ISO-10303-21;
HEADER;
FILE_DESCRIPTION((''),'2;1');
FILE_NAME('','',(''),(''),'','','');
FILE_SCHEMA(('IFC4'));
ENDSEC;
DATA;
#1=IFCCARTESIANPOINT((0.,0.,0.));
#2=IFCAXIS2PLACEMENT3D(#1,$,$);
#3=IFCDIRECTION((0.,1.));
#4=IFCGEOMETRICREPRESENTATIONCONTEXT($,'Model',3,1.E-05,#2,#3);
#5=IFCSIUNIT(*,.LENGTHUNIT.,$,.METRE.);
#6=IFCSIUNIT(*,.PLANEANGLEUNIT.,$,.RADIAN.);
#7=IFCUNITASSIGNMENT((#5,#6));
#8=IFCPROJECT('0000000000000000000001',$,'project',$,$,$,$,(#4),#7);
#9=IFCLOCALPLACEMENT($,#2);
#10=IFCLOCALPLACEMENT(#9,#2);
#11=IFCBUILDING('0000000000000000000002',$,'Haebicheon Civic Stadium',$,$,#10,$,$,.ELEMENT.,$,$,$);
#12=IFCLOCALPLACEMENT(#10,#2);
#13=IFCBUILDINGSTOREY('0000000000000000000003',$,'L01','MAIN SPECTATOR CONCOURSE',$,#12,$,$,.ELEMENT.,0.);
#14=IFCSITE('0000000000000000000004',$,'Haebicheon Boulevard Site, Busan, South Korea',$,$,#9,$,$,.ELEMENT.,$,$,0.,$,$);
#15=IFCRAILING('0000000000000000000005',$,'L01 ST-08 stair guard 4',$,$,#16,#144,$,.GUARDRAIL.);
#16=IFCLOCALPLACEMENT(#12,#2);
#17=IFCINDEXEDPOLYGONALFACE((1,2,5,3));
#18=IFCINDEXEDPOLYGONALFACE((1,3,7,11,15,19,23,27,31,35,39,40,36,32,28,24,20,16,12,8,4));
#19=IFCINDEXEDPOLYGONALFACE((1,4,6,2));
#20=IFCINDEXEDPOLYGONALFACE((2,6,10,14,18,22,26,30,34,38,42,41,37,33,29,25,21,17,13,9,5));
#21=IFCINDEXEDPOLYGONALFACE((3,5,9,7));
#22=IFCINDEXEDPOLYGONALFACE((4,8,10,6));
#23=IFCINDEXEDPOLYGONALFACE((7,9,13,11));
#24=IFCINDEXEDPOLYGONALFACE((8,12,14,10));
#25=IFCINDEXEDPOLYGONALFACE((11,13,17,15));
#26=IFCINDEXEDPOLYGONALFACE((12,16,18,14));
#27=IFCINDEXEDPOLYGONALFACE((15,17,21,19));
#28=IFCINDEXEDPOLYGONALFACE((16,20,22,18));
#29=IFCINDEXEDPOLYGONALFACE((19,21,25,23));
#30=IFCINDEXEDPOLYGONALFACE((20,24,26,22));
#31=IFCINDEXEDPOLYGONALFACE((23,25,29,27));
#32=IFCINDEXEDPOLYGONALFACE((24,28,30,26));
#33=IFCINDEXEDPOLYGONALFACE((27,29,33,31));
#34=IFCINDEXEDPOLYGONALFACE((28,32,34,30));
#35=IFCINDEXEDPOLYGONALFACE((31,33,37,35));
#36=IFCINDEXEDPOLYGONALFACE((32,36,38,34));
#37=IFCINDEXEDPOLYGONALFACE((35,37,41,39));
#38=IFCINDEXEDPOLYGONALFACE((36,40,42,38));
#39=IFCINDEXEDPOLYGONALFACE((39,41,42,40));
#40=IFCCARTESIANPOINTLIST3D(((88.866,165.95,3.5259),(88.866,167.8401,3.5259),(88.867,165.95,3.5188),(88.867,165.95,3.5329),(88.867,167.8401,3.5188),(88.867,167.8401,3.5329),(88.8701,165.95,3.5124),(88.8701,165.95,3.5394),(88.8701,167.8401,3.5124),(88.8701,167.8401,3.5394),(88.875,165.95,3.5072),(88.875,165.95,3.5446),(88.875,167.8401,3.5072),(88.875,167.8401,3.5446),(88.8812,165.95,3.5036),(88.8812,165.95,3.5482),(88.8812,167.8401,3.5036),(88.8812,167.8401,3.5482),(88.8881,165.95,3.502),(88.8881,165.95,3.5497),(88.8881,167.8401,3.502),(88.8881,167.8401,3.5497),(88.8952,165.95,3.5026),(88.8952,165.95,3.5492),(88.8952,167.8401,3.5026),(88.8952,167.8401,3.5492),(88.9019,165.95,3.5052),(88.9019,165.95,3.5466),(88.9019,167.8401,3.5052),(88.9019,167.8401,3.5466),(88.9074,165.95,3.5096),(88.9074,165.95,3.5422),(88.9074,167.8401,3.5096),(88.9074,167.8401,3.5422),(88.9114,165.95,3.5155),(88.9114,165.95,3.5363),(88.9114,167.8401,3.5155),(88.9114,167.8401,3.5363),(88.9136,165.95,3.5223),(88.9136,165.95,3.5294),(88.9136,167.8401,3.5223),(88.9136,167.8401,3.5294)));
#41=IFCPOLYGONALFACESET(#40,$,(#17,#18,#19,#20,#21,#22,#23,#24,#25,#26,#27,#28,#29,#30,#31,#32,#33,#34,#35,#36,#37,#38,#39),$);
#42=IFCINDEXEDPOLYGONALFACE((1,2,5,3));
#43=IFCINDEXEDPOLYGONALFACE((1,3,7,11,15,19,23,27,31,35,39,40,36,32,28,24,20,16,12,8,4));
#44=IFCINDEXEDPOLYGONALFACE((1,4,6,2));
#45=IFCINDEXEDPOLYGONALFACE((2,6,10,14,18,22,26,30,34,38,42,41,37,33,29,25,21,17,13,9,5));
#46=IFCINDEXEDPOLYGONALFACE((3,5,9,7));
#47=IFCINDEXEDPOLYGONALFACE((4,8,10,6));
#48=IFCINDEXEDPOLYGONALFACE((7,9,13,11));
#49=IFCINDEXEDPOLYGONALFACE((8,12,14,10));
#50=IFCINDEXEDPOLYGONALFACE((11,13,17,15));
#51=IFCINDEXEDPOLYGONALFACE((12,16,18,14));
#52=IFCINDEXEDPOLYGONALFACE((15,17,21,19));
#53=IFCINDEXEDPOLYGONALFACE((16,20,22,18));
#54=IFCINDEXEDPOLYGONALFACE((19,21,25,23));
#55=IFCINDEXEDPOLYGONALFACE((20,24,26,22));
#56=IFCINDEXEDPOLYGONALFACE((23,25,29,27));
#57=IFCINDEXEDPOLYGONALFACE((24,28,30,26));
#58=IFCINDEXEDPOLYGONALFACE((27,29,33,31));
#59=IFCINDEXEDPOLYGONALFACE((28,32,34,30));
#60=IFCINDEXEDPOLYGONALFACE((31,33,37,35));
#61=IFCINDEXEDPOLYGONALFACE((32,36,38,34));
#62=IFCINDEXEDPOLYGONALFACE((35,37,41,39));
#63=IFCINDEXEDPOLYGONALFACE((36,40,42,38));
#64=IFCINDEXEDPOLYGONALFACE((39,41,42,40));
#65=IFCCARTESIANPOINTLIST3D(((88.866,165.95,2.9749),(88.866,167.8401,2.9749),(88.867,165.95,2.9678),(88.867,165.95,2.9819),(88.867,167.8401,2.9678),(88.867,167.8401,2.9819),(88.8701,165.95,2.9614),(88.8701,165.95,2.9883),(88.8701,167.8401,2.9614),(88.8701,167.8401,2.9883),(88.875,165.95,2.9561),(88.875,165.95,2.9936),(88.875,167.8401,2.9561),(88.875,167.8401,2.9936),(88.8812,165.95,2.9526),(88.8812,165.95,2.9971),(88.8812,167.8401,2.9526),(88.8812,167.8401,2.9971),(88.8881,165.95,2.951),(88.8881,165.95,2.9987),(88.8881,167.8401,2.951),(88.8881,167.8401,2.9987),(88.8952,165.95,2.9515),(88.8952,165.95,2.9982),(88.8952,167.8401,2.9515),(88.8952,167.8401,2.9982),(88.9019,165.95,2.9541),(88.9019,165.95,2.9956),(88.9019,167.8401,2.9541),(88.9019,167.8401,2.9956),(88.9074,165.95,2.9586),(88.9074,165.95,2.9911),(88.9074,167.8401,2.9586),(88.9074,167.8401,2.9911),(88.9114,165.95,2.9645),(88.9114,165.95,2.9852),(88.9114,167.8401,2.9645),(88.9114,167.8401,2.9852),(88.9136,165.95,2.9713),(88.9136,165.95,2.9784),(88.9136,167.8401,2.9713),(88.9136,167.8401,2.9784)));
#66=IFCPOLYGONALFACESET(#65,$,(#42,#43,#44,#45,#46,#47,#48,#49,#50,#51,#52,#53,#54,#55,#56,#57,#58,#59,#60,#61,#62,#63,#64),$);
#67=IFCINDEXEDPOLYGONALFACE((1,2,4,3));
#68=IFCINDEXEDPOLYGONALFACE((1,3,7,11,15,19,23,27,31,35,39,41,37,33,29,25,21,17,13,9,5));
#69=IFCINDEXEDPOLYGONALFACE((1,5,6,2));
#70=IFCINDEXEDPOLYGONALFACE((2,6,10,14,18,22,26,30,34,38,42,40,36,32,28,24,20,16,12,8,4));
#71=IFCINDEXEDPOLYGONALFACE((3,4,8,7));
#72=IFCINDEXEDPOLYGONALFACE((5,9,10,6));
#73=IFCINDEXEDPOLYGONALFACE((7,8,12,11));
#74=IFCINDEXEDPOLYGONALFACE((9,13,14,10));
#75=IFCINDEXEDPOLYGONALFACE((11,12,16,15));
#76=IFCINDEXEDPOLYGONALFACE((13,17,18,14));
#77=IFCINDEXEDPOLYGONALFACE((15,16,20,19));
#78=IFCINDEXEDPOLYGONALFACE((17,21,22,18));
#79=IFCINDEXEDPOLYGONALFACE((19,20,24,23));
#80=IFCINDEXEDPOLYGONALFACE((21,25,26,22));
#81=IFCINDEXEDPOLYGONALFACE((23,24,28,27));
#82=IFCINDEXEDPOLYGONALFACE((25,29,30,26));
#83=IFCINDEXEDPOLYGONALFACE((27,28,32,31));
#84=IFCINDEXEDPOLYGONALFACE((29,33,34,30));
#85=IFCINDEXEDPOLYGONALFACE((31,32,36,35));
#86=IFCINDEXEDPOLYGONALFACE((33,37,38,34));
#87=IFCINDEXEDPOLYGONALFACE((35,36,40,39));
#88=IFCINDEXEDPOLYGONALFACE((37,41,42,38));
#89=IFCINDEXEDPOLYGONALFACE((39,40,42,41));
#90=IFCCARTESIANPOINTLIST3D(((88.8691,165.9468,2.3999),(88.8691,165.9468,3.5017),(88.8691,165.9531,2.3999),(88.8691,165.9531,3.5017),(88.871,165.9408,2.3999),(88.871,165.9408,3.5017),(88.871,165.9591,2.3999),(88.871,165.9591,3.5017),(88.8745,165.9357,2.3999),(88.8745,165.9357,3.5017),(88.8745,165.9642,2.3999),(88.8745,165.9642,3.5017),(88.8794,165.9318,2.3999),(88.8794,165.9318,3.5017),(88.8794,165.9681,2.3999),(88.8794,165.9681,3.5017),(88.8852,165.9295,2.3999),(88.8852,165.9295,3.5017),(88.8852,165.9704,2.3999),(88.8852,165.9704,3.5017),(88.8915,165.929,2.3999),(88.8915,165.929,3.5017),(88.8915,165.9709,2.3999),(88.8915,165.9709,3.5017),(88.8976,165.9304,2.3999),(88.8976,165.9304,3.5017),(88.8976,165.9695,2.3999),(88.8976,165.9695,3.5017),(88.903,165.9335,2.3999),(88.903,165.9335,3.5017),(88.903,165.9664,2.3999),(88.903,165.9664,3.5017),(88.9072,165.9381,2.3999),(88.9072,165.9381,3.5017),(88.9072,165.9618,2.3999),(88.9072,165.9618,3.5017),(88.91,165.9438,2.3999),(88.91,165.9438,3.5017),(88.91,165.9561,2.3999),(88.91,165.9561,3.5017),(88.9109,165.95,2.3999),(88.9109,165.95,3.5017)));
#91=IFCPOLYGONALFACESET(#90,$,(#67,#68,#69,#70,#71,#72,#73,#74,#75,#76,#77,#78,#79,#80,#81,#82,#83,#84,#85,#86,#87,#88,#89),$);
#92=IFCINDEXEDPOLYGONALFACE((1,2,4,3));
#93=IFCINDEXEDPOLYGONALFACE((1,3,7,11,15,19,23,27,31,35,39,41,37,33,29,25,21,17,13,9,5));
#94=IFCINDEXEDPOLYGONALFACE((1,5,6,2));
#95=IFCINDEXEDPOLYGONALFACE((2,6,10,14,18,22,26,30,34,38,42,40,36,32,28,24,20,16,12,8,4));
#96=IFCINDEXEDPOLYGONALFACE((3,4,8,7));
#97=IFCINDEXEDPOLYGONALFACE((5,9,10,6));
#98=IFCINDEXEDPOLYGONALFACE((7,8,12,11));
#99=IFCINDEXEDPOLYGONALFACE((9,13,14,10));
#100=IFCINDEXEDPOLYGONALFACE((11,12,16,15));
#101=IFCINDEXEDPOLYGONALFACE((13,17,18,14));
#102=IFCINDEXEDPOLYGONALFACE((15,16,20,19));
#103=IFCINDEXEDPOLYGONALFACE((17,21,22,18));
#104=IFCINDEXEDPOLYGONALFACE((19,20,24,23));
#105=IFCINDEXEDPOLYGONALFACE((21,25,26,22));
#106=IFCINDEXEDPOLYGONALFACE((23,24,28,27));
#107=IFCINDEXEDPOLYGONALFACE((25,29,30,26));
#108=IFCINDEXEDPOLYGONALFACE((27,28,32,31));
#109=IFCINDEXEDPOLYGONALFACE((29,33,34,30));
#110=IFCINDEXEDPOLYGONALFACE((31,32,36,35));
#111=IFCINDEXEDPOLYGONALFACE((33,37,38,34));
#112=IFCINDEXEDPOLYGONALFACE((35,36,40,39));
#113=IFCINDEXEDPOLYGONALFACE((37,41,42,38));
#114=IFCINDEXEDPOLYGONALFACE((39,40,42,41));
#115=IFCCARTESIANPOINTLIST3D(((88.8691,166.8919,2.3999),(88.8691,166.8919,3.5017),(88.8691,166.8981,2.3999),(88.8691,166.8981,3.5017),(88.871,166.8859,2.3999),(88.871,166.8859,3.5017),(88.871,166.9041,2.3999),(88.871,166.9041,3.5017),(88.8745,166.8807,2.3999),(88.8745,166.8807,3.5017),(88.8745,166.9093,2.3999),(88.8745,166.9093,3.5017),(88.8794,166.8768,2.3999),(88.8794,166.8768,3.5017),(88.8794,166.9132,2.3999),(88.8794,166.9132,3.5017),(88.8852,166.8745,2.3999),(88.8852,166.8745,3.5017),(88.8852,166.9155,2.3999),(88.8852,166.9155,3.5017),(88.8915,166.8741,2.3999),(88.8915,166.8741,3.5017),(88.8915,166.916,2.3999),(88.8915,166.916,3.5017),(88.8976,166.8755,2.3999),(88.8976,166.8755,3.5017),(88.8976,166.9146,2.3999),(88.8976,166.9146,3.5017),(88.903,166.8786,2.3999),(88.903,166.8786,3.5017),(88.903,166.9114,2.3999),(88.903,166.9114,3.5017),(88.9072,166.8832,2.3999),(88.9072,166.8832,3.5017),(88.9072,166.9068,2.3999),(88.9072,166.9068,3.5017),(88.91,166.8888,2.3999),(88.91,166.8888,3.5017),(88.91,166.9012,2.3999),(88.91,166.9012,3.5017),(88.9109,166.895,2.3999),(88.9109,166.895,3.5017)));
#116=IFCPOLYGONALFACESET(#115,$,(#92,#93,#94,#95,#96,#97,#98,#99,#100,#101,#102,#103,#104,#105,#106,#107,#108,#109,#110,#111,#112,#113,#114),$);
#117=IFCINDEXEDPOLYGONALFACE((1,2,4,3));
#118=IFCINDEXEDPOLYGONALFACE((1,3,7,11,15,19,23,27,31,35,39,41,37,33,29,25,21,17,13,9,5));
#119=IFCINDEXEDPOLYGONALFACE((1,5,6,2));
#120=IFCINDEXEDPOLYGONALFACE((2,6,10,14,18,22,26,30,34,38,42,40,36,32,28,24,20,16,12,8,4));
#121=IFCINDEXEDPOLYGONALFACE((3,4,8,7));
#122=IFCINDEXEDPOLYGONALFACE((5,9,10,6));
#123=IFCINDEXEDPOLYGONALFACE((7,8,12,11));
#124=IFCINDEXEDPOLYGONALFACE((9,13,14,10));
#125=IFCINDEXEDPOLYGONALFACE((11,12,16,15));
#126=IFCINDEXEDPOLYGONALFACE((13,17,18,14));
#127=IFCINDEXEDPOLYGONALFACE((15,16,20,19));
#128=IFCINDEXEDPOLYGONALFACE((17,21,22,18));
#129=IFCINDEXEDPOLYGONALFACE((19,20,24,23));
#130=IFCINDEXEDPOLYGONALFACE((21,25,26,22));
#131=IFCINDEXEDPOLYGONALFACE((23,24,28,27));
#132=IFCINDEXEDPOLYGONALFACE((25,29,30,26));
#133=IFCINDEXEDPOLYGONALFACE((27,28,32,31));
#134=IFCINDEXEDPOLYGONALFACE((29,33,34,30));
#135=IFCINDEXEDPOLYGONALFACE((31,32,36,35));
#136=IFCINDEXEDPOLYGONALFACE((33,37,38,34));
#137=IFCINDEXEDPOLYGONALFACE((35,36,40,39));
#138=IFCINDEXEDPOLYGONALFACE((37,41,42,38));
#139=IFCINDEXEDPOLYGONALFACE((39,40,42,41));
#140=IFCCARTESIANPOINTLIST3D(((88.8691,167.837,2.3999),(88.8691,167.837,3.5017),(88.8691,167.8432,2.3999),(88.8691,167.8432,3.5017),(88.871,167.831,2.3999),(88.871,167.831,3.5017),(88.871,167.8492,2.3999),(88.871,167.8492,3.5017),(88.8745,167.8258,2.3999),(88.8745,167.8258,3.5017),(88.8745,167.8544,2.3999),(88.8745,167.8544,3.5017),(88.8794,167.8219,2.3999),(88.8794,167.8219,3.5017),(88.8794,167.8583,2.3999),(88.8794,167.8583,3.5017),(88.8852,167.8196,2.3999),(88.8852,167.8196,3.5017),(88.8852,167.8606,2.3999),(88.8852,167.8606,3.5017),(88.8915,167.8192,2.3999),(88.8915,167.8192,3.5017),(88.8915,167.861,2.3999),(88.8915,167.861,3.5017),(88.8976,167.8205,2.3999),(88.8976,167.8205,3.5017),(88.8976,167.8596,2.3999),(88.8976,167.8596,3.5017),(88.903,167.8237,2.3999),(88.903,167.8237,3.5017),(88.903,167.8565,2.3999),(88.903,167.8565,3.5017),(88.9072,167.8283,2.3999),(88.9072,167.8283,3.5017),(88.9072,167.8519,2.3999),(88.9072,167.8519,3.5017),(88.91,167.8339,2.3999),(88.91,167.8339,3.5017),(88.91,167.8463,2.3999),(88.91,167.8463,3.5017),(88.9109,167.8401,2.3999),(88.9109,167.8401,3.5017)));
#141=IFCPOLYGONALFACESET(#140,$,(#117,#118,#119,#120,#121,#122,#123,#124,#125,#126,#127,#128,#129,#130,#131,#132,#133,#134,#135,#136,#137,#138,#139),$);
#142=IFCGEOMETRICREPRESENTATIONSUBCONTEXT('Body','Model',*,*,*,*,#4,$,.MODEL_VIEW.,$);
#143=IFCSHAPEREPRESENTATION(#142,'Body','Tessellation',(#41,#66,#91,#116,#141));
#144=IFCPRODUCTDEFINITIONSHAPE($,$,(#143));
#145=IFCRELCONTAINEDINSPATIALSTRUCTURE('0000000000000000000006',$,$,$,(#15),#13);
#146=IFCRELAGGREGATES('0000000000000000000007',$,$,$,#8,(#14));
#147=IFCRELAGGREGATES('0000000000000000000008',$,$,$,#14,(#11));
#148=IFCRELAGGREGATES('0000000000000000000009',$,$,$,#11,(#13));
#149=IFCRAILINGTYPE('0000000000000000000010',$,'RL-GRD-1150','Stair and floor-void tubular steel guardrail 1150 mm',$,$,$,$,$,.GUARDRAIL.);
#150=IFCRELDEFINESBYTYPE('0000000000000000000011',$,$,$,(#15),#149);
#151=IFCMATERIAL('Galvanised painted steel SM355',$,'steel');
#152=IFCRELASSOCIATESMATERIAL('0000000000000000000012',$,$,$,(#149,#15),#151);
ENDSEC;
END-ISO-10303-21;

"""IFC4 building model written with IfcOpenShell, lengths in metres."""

from ifc_helpers import new_model, si_unit, direction, frame, origin, origin_2d, place, context, subcontext, project, spatial, circle, extrude, material, type_object, element, save


model = new_model("IFC4")

# Units and contexts
model_context = context("Model", 3, precision=1e-05, world=origin(), true_north=direction((0.0, 1.0)))
body_context = subcontext(model_context, "Body", "Model", "MODEL_VIEW")
ifc_project = project(units=[si_unit("LENGTHUNIT", "METRE"), si_unit("PLANEANGLEUNIT", "RADIAN")], contexts=[model_context])

# Site, building, storey
site_placement = place(None, origin())
site = spatial("IfcSite", under=ifc_project, at=site_placement, Name="Haebicheon Boulevard Site, Busan, South Korea", CompositionType="ELEMENT", RefElevation=0.0)
building_placement = place(site_placement, origin())
building = spatial("IfcBuilding", under=site, at=building_placement, Name="Haebicheon Civic Stadium", CompositionType="ELEMENT")
storey_placement = place(building_placement, origin())
storey = spatial("IfcBuildingStorey", under=building, at=storey_placement, Name="L01", Description="MAIN SPECTATOR CONCOURSE", CompositionType="ELEMENT", Elevation=0.0)

# Railing
ifc_material_1 = material(Name="Galvanised painted steel SM355", Category="steel")
railing_type_1 = type_object("IfcRailingType", Name="RL-GRD-1150", Description="Stair and floor-void tubular steel guardrail 1150 mm", PredefinedType="GUARDRAIL", material=ifc_material_1)
for number, where, name in (
    (1, (88.8899, 165.95, 2.3999), "L01 ST-08 stair guard 4"),
):
    element("IfcRailing", number, at=place(storey_placement, frame(where)), inside=storey, type_object=railing_type_1, material=ifc_material_1, Name=name, PredefinedType="GUARDRAIL", context=body_context, shape_type="SweptSolid", body=[
        extrude(circle(Radius=0.0239, at=origin_2d()), frame((0.0, 0.0, 1.126), z_axis=(0.0, 1.0, 0.0), x_axis=(-1.0, 0.0, 0.0)), (0.0, 0.0, 1.0), 1.8901),
        extrude(circle(Radius=0.0239, at=origin_2d()), frame((0.0, 0.0, 0.575), z_axis=(0.0, 1.0, 0.0), x_axis=(-1.0, 0.0, 0.0)), (0.0, 0.0, 1.0), 1.8901),
        extrude(circle(Radius=0.021, at=origin_2d()), origin(), (0.0, 0.0, 1.0), 1.1018),
        extrude(circle(Radius=0.021, at=origin_2d()), frame((0.0, 0.9451, 0.0)), (0.0, 0.0, 1.0), 1.1018),
        extrude(circle(Radius=0.021, at=origin_2d()), frame((0.0, 1.8901, 0.0)), (0.0, 0.0, 1.0), 1.1018),
    ])

save(model, "model.ifc")
